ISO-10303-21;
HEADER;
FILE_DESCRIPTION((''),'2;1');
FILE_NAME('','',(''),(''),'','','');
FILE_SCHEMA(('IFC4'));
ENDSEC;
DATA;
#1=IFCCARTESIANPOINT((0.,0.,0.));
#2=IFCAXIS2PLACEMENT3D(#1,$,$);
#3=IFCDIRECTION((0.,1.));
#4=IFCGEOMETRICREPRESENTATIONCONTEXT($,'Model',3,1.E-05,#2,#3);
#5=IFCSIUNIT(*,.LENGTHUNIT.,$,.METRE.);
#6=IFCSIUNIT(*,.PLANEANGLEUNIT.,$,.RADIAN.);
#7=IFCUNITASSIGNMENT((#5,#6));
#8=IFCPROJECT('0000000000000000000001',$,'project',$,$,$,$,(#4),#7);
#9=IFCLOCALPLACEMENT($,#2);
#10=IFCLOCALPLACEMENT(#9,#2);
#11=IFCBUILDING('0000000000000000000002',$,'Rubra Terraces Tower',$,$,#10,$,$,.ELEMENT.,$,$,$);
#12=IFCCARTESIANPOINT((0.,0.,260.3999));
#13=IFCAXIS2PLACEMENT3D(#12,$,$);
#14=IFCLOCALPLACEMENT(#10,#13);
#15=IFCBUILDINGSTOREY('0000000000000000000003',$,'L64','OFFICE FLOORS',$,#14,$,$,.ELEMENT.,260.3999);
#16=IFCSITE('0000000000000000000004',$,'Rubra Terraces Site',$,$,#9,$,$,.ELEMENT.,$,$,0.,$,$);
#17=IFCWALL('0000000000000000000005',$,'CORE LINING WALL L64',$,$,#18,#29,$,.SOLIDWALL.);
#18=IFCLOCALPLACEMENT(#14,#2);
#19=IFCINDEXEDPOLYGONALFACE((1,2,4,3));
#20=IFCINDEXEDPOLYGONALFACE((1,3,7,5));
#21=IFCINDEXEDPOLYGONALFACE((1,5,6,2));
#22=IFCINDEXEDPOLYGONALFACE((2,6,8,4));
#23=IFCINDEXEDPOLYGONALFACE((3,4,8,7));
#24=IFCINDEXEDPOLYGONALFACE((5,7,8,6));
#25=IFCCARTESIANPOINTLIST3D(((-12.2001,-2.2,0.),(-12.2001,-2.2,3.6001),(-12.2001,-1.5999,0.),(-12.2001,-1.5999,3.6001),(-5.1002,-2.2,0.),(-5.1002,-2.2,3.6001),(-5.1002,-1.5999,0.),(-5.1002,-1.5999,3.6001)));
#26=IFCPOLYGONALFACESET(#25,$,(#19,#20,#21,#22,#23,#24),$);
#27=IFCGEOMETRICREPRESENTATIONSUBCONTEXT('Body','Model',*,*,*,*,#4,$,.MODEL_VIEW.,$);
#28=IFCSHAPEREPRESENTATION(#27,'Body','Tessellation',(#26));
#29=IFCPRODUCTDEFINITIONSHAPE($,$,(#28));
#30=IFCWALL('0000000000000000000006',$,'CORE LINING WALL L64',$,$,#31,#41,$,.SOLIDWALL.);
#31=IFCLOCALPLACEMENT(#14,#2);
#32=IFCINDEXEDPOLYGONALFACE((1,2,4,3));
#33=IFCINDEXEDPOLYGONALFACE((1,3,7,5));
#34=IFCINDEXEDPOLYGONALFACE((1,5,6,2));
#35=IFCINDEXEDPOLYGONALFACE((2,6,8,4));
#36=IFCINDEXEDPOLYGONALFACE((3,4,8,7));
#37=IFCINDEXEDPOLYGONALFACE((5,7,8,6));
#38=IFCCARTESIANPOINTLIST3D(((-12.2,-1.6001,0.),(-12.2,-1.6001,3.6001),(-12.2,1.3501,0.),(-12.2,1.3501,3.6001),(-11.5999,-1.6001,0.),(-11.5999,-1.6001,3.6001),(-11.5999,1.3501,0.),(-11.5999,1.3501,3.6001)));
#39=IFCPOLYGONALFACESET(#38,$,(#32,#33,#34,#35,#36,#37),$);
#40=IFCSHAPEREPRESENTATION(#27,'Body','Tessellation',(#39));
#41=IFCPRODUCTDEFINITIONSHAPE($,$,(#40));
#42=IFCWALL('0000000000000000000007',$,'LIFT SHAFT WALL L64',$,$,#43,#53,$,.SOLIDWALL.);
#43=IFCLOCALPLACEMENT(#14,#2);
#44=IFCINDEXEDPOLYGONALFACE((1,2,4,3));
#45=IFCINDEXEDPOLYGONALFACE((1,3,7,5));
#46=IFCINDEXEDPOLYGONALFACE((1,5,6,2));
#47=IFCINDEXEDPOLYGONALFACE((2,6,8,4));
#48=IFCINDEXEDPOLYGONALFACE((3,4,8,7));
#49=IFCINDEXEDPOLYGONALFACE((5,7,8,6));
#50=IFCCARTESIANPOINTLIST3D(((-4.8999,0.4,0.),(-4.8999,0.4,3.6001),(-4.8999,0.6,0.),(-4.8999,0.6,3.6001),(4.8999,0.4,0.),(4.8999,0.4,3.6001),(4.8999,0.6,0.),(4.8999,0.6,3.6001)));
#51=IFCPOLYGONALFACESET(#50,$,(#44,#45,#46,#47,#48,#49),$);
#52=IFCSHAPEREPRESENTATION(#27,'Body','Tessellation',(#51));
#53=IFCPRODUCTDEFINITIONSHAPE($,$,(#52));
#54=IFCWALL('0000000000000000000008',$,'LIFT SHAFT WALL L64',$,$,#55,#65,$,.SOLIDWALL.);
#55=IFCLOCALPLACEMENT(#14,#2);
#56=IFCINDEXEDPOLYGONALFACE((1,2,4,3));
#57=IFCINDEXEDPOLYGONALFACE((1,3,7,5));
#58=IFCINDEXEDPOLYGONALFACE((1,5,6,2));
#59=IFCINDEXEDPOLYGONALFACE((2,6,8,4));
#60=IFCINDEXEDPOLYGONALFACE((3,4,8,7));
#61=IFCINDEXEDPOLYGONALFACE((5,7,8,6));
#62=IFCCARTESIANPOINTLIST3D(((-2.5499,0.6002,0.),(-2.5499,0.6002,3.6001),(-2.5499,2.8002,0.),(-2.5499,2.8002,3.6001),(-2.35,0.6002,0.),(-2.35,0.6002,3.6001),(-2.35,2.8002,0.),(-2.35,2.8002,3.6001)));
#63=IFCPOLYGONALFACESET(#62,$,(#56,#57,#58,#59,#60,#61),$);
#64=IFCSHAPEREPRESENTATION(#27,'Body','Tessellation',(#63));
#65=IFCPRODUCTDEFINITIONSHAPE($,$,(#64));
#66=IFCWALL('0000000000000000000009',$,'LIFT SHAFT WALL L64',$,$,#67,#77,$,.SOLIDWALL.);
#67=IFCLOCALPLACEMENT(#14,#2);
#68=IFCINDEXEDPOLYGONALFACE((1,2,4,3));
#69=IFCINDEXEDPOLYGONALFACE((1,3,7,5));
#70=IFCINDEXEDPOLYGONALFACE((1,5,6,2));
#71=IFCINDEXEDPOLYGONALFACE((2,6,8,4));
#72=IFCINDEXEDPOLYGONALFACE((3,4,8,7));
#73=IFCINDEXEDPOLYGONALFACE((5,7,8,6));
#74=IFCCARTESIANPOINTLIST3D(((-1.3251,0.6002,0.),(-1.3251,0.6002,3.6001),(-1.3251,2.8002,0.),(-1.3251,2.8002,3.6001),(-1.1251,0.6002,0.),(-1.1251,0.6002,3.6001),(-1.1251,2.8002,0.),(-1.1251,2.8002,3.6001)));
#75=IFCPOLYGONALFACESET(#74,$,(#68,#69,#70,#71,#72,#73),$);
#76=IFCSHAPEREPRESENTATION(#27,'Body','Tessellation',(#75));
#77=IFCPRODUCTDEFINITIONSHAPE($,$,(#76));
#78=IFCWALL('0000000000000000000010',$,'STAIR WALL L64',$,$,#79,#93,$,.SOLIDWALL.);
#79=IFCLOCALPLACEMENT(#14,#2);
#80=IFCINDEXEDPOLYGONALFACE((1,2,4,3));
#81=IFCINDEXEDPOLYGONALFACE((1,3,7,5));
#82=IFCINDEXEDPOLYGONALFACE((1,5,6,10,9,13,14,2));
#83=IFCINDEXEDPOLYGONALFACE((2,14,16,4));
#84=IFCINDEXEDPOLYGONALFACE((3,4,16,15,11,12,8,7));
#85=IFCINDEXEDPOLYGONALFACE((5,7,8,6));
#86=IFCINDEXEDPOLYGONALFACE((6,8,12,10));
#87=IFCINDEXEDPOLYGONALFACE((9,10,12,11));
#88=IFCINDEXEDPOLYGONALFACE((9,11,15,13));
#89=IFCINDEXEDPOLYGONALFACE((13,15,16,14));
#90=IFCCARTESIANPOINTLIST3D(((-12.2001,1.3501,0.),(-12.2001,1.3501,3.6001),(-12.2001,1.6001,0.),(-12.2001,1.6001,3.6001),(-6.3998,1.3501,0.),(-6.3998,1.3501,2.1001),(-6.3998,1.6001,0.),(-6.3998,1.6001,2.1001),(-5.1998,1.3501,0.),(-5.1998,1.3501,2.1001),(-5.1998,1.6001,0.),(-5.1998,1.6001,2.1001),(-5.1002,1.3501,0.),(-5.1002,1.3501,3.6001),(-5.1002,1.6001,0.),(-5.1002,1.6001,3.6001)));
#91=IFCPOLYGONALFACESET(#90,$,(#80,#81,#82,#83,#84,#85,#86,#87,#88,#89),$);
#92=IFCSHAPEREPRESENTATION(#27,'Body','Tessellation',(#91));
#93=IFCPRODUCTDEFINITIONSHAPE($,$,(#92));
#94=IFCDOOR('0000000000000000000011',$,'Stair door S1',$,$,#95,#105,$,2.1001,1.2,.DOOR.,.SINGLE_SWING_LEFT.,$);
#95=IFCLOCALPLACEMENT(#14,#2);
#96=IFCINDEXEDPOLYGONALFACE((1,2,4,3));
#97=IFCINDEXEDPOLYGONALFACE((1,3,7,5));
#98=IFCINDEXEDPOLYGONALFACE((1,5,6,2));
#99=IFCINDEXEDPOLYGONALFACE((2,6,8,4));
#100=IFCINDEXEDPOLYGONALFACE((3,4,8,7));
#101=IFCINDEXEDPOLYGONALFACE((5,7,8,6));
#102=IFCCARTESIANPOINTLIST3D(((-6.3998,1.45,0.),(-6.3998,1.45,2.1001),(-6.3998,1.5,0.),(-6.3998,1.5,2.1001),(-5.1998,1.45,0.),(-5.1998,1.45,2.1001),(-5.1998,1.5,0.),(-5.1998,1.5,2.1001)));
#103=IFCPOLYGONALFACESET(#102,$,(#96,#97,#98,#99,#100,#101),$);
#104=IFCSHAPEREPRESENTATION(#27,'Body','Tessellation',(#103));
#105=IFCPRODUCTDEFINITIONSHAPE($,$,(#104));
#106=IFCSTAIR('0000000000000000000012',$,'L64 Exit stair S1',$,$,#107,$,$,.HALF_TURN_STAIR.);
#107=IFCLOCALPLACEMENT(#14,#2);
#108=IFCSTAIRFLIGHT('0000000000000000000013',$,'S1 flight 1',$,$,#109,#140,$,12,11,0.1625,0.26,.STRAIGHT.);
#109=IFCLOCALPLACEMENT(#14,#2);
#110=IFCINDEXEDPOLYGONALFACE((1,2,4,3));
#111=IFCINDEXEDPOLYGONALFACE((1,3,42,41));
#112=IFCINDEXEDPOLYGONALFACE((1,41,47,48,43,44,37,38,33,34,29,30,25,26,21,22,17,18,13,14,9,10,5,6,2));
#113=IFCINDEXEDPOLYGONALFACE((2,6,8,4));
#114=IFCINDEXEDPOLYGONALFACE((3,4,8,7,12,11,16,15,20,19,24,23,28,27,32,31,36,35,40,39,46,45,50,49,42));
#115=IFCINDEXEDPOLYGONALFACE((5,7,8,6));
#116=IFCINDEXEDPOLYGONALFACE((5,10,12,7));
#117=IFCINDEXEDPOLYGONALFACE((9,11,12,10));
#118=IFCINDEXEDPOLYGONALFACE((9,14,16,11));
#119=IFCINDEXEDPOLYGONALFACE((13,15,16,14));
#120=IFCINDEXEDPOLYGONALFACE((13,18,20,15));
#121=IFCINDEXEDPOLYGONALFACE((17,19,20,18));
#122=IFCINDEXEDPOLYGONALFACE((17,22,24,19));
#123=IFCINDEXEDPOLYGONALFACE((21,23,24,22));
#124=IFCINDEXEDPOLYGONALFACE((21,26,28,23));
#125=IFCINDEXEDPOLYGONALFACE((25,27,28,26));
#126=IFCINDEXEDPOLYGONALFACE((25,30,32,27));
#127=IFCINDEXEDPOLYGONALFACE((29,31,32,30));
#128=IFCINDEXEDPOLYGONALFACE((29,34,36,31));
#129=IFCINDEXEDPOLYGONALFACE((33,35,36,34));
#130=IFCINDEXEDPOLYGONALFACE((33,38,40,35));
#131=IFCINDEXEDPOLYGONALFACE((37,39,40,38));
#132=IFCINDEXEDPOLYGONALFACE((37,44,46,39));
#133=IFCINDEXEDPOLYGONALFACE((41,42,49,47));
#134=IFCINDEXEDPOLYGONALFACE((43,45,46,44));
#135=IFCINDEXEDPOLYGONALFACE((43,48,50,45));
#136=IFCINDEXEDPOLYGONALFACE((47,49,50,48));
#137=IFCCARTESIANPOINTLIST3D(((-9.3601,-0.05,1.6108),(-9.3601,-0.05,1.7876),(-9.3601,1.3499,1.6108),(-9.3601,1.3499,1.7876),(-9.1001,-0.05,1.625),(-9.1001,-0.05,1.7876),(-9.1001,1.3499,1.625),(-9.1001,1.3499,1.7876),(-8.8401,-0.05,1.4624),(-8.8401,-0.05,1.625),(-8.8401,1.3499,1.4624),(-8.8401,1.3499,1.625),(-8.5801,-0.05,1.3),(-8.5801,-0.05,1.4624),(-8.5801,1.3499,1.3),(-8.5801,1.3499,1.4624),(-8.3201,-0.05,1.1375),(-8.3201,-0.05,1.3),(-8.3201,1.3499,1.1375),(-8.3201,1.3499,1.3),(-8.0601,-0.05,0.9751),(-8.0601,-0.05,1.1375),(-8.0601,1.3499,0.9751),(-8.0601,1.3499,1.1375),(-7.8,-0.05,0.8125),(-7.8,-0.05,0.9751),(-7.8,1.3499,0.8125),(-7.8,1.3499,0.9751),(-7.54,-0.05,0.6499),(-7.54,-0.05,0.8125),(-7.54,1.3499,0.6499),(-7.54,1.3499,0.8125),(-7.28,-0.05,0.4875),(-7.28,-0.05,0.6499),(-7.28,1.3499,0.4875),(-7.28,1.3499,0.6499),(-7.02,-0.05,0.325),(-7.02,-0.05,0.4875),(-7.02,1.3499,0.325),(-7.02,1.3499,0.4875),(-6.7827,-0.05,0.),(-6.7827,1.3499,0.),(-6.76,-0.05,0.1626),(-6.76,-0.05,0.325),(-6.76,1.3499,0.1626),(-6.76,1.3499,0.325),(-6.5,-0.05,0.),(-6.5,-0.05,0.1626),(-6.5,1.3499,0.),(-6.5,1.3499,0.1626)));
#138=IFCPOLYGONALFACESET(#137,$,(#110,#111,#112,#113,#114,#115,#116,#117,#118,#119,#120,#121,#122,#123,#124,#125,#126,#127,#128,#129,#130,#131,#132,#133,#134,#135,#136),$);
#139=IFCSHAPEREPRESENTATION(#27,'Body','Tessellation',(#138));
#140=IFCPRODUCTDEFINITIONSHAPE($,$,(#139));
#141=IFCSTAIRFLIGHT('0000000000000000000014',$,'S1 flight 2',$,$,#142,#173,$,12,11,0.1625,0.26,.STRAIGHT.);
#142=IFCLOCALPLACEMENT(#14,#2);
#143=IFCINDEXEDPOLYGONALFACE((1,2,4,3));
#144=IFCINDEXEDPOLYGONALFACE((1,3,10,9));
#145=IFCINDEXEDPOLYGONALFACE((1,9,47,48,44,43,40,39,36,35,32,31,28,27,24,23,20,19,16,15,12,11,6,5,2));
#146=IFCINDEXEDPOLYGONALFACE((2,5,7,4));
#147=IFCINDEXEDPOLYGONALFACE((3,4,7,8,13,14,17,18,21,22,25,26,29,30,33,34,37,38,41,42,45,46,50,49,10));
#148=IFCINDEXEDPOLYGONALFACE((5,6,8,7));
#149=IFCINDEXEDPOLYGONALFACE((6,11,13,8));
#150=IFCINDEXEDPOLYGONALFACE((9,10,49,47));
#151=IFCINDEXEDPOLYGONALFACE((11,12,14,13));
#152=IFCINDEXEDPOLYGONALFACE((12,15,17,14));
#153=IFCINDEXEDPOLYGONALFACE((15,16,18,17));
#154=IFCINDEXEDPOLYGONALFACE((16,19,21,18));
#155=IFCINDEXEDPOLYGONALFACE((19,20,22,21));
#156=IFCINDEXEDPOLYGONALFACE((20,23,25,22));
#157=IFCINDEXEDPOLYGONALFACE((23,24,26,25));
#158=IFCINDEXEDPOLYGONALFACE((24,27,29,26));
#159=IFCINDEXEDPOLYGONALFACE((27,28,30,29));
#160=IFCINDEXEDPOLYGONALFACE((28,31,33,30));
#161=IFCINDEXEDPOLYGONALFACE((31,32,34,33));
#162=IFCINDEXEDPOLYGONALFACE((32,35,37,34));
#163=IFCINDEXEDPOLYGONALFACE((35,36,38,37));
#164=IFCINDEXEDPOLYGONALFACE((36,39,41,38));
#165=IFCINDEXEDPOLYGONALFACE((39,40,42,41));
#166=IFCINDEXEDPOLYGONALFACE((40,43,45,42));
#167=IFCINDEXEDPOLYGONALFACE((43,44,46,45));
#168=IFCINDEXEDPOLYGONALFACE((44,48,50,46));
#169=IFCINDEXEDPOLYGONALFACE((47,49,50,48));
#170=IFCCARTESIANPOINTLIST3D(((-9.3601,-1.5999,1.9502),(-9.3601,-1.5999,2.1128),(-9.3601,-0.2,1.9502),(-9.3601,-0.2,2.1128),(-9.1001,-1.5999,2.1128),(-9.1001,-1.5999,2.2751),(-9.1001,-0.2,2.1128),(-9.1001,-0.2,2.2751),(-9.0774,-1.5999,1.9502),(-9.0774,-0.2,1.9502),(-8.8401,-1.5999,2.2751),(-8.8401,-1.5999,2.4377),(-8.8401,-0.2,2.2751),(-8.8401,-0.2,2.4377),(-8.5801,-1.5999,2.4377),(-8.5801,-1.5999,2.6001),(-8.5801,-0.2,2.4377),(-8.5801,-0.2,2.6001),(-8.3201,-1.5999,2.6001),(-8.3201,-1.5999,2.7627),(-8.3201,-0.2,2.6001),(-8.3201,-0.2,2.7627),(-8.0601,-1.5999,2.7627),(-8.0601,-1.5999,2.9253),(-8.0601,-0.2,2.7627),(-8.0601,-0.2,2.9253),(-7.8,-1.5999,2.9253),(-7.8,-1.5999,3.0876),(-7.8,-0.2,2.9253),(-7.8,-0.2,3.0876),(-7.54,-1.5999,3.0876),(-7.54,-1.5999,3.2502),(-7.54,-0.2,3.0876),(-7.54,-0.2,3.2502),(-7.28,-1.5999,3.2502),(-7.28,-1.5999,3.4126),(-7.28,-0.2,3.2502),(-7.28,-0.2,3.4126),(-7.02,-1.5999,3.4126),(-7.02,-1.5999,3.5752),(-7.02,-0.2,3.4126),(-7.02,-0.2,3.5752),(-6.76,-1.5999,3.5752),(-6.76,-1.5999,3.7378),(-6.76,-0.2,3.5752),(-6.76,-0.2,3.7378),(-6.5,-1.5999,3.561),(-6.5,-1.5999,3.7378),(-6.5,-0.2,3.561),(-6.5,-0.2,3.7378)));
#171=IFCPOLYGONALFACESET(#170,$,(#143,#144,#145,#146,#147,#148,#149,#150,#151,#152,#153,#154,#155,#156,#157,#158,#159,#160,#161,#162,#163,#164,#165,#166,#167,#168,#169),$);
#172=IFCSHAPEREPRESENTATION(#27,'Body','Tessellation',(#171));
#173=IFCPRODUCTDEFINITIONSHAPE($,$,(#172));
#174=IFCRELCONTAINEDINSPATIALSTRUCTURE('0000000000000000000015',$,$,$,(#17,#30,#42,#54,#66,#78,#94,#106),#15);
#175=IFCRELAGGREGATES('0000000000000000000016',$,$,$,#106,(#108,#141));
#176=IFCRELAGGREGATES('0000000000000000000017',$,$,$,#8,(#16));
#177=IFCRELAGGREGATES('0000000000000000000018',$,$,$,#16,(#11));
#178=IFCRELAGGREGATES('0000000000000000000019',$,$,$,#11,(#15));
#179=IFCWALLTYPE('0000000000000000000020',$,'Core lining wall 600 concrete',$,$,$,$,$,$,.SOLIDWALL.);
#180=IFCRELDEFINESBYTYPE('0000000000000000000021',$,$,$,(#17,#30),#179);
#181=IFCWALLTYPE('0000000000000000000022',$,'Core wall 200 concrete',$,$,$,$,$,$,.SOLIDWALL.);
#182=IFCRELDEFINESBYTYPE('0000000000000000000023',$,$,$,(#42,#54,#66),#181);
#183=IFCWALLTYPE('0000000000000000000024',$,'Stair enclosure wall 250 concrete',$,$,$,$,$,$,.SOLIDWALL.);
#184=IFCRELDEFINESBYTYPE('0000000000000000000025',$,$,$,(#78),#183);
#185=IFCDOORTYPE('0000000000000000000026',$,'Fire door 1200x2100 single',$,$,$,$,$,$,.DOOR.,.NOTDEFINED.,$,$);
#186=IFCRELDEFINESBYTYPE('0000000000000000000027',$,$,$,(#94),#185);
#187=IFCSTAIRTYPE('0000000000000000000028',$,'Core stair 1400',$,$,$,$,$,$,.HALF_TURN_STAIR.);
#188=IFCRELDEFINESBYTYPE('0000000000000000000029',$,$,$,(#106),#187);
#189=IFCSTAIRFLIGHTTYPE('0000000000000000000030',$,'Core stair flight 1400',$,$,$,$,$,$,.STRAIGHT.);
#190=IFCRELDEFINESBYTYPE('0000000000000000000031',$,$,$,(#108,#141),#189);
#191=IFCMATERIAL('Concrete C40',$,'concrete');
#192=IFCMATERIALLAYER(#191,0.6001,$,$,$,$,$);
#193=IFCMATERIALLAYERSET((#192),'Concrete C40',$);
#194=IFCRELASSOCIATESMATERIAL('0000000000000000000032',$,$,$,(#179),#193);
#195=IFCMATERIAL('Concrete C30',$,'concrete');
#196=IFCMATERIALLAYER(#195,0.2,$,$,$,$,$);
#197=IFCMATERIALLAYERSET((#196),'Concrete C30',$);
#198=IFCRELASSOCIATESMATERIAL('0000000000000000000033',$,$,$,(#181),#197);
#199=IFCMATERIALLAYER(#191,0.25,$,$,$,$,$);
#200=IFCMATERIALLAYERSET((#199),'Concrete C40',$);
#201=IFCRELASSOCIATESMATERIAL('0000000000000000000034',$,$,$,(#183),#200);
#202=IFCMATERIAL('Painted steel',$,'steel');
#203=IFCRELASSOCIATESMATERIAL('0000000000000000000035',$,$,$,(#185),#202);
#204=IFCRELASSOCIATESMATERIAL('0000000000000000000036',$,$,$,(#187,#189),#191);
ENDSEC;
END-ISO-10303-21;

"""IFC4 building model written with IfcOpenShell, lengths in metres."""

from ifc_helpers import new_model, si_unit, direction, frame, frame_2d, origin, place, context, subcontext, project, spatial, polyline, rectangle, outline, extrude, material, layer, layer_set, type_object, element, fill, aggregate, save


model = new_model("IFC4")

# Units and contexts
model_context = context("Model", 3, precision=1e-05, world=origin(), true_north=direction((0.0, 1.0)))
body_context = subcontext(model_context, "Body", "Model", "MODEL_VIEW")
ifc_project = project(units=[si_unit("LENGTHUNIT", "METRE"), si_unit("PLANEANGLEUNIT", "RADIAN")], contexts=[model_context])

# Site, building, storey
site_placement = place(None, origin())
site = spatial("IfcSite", under=ifc_project, at=site_placement, Name="Rubra Terraces Site", CompositionType="ELEMENT", RefElevation=0.0)
building_placement = place(site_placement, origin())
building = spatial("IfcBuilding", under=site, at=building_placement, Name="Rubra Terraces Tower", CompositionType="ELEMENT")
storey_placement = place(building_placement, frame((0.0, 0.0, 260.3999)))
storey = spatial("IfcBuildingStorey", under=building, at=storey_placement, Name="L64", Description="OFFICE FLOORS", CompositionType="ELEMENT", Elevation=260.3999)

# Walls
ifc_material_1 = material(Name="Concrete C40", Category="concrete")
ifc_layer_1 = layer(ifc_material_1, 0.6001)
ifc_layer_set_1 = layer_set([ifc_layer_1], Name="Concrete C40")
wall_type_1 = type_object("IfcWallType", Name="Core lining wall 600 concrete", PredefinedType="SOLIDWALL", material=ifc_layer_set_1)
wall_1_placement = place(storey_placement, frame((-12.2, -1.8999, 0.0), z_axis=(0.0, 0.0, 1.0), x_axis=(1.0, 0.0, 0.0)))
element("IfcWall", 1, at=wall_1_placement, inside=storey, type_object=wall_type_1, Name="CORE LINING WALL L64", PredefinedType="SOLIDWALL", context=body_context, shape_type="SweptSolid", body=[
    extrude(rectangle(XDim=7.0999, YDim=0.6001, at=frame_2d((3.5498, 0.0))), origin(), (0.0, 0.0, 1.0), 3.6001),
])
wall_2_placement = place(storey_placement, frame((-11.8999, -1.6001, 0.0), z_axis=(0.0, 0.0, 1.0), x_axis=(0.0, 1.0, 0.0)))
element("IfcWall", 2, at=wall_2_placement, inside=storey, type_object=wall_type_1, Name="CORE LINING WALL L64", PredefinedType="SOLIDWALL", context=body_context, shape_type="SweptSolid", body=[
    extrude(rectangle(XDim=2.9502, YDim=0.6001, at=frame_2d((1.4751, 0.0))), origin(), (0.0, 0.0, 1.0), 3.6001),
])
ifc_material_2 = material(Name="Concrete C30", Category="concrete")
ifc_layer_2 = layer(ifc_material_2, 0.2)
ifc_layer_set_2 = layer_set([ifc_layer_2], Name="Concrete C30")
wall_type_2 = type_object("IfcWallType", Name="Core wall 200 concrete", PredefinedType="SOLIDWALL", material=ifc_layer_set_2)
wall_3_placement = place(storey_placement, frame((-4.8999, 0.5, 0.0), z_axis=(0.0, 0.0, 1.0), x_axis=(1.0, 0.0, 0.0)))
element("IfcWall", 3, at=wall_3_placement, inside=storey, type_object=wall_type_2, Name="LIFT SHAFT WALL L64", PredefinedType="SOLIDWALL", context=body_context, shape_type="SweptSolid", body=[
    extrude(rectangle(XDim=9.7998, YDim=0.2, at=frame_2d((4.8999, 0.0))), origin(), (0.0, 0.0, 1.0), 3.6001),
])
for number, where, z_axis, x_axis, name in (
    (4, (-2.45, 0.6001, 0.0), (0.0, 0.0, 1.0), (0.0, 1.0, 0.0), "LIFT SHAFT WALL L64"),
    (5, (-1.2251, 0.6001, 0.0), (0.0, 0.0, 1.0), (0.0, 1.0, 0.0), "LIFT SHAFT WALL L64"),
):
    element("IfcWall", number, at=place(storey_placement, frame(where, z_axis=z_axis, x_axis=x_axis)), inside=storey, type_object=wall_type_2, Name=name, PredefinedType="SOLIDWALL", context=body_context, shape_type="SweptSolid", body=[
        extrude(rectangle(XDim=2.2, YDim=0.2, at=frame_2d((1.1001, 0.0))), origin(), (0.0, 0.0, 1.0), 3.6001),
    ])

# Wall, opening, door
ifc_layer_3 = layer(ifc_material_1, 0.25)
ifc_layer_set_3 = layer_set([ifc_layer_3], Name="Concrete C40")
wall_type_3 = type_object("IfcWallType", Name="Stair enclosure wall 250 concrete", PredefinedType="SOLIDWALL", material=ifc_layer_set_3)
wall_4_placement = place(storey_placement, frame((-12.2, 1.4751, 0.0), z_axis=(0.0, 0.0, 1.0), x_axis=(1.0, 0.0, 0.0)))
wall_4 = element("IfcWall", 6, at=wall_4_placement, inside=storey, type_object=wall_type_3, Name="STAIR WALL L64", PredefinedType="SOLIDWALL", context=body_context, shape_type="SweptSolid", body=[
    extrude(rectangle(XDim=7.0999, YDim=0.25, at=frame_2d((3.5498, 0.0))), origin(), (0.0, 0.0, 1.0), 3.6001),
])
opening_placement = place(wall_4_placement, frame((5.8, 0.0, 0.0)))
opening = element("IfcOpeningElement", 7, at=opening_placement, cuts=wall_4, PredefinedType="OPENING", context=body_context, shape_type="SweptSolid", body=[
    extrude(rectangle(XDim=1.2, YDim=2.1001, at=frame_2d((0.6001, 1.05))), frame((0.0, 0.135, 0.0), z_axis=(0.0, -1.0, 0.0), x_axis=(1.0, 0.0, 0.0)), (0.0, 0.0, 1.0), 0.27),
])
ifc_material_3 = material(Name="Painted steel", Category="steel")
door_type = type_object("IfcDoorType", Name="Fire door 1200x2100 single", OperationType="NOTDEFINED", PredefinedType="DOOR", material=ifc_material_3)
door_placement = place(opening_placement, origin())
door = element("IfcDoor", 8, at=door_placement, inside=storey, type_object=door_type, Name="Stair door S1", OperationType="SINGLE_SWING_LEFT", OverallHeight=2.1001, OverallWidth=1.2, PredefinedType="DOOR", context=body_context, shape_type="SweptSolid", body=[
    extrude(rectangle(XDim=1.2, YDim=2.1001, at=frame_2d((0.6001, 1.05))), frame((0.0, 0.0249, 0.0), z_axis=(0.0, -1.0, 0.0), x_axis=(1.0, 0.0, 0.0)), (0.0, 0.0, 1.0), 0.05),
])
fill(opening, door)

# Stair, stair flights
stair_type = type_object("IfcStairType", Name="Core stair 1400", PredefinedType="HALF_TURN_STAIR", material=ifc_material_1)
stair_placement = place(storey_placement, origin())
stair = element("IfcStair", 9, at=stair_placement, inside=storey, type_object=stair_type, Name="L64 Exit stair S1", PredefinedType="HALF_TURN_STAIR")
stair_flight_type = type_object("IfcStairFlightType", Name="Core stair flight 1400", PredefinedType="STRAIGHT", material=ifc_material_1)
stair_flight_1_placement = place(storey_placement, frame((-6.5, 0.6499, 0.0), z_axis=(0.0, 0.0, 1.0), x_axis=(-1.0, 0.0, 0.0)))
stair_flight_1 = element("IfcStairFlight", 10, at=stair_flight_1_placement, type_object=stair_flight_type, Name="S1 flight 1", NumberOfRisers=12, NumberOfTreads=11, PredefinedType="STRAIGHT", RiserHeight=0.1625, TreadLength=0.26, context=body_context, shape_type="SweptSolid", body=[
    extrude(outline(polyline([(0.0, 0.0), (0.0, 0.1626), (0.26, 0.1626), (0.26, 0.325), (0.52, 0.325), (0.52, 0.4875), (0.78, 0.4875), (0.78, 0.6499), (1.04, 0.6499), (1.04, 0.8125), (1.3, 0.8125), (1.3, 0.9751), (1.5601, 0.9751), (1.5601, 1.1375), (1.8201, 1.1375), (1.8201, 1.3), (2.0801, 1.3), (2.0801, 1.4624), (2.3401, 1.4624), (2.3401, 1.625), (2.6001, 1.625), (2.6001, 1.7876), (2.8601, 1.7876), (2.8601, 1.95), (2.8601, 1.6108), (0.2827, 0.0), (0.0, 0.0)])), frame((0.0, 0.7, 0.0), z_axis=(0.0, -1.0, 0.0), x_axis=(1.0, 0.0, 0.0)), (0.0, 0.0, 1.0), 1.3999),
])
stair_flight_2_placement = place(storey_placement, frame((-9.3601, -0.8999, 1.9502), z_axis=(0.0, 0.0, 1.0), x_axis=(1.0, 0.0, 0.0)))
stair_flight_2 = element("IfcStairFlight", 11, at=stair_flight_2_placement, type_object=stair_flight_type, Name="S1 flight 2", NumberOfRisers=12, NumberOfTreads=11, PredefinedType="STRAIGHT", RiserHeight=0.1625, TreadLength=0.26, context=body_context, shape_type="SweptSolid", body=[
    extrude(outline(polyline([(0.0, 0.0), (0.0, 0.1626), (0.26, 0.1626), (0.26, 0.325), (0.52, 0.325), (0.52, 0.4875), (0.78, 0.4875), (0.78, 0.6499), (1.04, 0.6499), (1.04, 0.8125), (1.3, 0.8125), (1.3, 0.9751), (1.5601, 0.9751), (1.5601, 1.1375), (1.8201, 1.1375), (1.8201, 1.3), (2.0801, 1.3), (2.0801, 1.4624), (2.3401, 1.4624), (2.3401, 1.625), (2.6001, 1.625), (2.6001, 1.7876), (2.8601, 1.7876), (2.8601, 1.95), (2.8601, 1.6108), (0.2827, 0.0), (0.0, 0.0)])), frame((0.0, 0.7, 0.0), z_axis=(0.0, -1.0, 0.0), x_axis=(1.0, 0.0, 0.0)), (0.0, 0.0, 1.0), 1.3999),
])
aggregate(stair, [stair_flight_1, stair_flight_2])

save(model, "model.ifc")
